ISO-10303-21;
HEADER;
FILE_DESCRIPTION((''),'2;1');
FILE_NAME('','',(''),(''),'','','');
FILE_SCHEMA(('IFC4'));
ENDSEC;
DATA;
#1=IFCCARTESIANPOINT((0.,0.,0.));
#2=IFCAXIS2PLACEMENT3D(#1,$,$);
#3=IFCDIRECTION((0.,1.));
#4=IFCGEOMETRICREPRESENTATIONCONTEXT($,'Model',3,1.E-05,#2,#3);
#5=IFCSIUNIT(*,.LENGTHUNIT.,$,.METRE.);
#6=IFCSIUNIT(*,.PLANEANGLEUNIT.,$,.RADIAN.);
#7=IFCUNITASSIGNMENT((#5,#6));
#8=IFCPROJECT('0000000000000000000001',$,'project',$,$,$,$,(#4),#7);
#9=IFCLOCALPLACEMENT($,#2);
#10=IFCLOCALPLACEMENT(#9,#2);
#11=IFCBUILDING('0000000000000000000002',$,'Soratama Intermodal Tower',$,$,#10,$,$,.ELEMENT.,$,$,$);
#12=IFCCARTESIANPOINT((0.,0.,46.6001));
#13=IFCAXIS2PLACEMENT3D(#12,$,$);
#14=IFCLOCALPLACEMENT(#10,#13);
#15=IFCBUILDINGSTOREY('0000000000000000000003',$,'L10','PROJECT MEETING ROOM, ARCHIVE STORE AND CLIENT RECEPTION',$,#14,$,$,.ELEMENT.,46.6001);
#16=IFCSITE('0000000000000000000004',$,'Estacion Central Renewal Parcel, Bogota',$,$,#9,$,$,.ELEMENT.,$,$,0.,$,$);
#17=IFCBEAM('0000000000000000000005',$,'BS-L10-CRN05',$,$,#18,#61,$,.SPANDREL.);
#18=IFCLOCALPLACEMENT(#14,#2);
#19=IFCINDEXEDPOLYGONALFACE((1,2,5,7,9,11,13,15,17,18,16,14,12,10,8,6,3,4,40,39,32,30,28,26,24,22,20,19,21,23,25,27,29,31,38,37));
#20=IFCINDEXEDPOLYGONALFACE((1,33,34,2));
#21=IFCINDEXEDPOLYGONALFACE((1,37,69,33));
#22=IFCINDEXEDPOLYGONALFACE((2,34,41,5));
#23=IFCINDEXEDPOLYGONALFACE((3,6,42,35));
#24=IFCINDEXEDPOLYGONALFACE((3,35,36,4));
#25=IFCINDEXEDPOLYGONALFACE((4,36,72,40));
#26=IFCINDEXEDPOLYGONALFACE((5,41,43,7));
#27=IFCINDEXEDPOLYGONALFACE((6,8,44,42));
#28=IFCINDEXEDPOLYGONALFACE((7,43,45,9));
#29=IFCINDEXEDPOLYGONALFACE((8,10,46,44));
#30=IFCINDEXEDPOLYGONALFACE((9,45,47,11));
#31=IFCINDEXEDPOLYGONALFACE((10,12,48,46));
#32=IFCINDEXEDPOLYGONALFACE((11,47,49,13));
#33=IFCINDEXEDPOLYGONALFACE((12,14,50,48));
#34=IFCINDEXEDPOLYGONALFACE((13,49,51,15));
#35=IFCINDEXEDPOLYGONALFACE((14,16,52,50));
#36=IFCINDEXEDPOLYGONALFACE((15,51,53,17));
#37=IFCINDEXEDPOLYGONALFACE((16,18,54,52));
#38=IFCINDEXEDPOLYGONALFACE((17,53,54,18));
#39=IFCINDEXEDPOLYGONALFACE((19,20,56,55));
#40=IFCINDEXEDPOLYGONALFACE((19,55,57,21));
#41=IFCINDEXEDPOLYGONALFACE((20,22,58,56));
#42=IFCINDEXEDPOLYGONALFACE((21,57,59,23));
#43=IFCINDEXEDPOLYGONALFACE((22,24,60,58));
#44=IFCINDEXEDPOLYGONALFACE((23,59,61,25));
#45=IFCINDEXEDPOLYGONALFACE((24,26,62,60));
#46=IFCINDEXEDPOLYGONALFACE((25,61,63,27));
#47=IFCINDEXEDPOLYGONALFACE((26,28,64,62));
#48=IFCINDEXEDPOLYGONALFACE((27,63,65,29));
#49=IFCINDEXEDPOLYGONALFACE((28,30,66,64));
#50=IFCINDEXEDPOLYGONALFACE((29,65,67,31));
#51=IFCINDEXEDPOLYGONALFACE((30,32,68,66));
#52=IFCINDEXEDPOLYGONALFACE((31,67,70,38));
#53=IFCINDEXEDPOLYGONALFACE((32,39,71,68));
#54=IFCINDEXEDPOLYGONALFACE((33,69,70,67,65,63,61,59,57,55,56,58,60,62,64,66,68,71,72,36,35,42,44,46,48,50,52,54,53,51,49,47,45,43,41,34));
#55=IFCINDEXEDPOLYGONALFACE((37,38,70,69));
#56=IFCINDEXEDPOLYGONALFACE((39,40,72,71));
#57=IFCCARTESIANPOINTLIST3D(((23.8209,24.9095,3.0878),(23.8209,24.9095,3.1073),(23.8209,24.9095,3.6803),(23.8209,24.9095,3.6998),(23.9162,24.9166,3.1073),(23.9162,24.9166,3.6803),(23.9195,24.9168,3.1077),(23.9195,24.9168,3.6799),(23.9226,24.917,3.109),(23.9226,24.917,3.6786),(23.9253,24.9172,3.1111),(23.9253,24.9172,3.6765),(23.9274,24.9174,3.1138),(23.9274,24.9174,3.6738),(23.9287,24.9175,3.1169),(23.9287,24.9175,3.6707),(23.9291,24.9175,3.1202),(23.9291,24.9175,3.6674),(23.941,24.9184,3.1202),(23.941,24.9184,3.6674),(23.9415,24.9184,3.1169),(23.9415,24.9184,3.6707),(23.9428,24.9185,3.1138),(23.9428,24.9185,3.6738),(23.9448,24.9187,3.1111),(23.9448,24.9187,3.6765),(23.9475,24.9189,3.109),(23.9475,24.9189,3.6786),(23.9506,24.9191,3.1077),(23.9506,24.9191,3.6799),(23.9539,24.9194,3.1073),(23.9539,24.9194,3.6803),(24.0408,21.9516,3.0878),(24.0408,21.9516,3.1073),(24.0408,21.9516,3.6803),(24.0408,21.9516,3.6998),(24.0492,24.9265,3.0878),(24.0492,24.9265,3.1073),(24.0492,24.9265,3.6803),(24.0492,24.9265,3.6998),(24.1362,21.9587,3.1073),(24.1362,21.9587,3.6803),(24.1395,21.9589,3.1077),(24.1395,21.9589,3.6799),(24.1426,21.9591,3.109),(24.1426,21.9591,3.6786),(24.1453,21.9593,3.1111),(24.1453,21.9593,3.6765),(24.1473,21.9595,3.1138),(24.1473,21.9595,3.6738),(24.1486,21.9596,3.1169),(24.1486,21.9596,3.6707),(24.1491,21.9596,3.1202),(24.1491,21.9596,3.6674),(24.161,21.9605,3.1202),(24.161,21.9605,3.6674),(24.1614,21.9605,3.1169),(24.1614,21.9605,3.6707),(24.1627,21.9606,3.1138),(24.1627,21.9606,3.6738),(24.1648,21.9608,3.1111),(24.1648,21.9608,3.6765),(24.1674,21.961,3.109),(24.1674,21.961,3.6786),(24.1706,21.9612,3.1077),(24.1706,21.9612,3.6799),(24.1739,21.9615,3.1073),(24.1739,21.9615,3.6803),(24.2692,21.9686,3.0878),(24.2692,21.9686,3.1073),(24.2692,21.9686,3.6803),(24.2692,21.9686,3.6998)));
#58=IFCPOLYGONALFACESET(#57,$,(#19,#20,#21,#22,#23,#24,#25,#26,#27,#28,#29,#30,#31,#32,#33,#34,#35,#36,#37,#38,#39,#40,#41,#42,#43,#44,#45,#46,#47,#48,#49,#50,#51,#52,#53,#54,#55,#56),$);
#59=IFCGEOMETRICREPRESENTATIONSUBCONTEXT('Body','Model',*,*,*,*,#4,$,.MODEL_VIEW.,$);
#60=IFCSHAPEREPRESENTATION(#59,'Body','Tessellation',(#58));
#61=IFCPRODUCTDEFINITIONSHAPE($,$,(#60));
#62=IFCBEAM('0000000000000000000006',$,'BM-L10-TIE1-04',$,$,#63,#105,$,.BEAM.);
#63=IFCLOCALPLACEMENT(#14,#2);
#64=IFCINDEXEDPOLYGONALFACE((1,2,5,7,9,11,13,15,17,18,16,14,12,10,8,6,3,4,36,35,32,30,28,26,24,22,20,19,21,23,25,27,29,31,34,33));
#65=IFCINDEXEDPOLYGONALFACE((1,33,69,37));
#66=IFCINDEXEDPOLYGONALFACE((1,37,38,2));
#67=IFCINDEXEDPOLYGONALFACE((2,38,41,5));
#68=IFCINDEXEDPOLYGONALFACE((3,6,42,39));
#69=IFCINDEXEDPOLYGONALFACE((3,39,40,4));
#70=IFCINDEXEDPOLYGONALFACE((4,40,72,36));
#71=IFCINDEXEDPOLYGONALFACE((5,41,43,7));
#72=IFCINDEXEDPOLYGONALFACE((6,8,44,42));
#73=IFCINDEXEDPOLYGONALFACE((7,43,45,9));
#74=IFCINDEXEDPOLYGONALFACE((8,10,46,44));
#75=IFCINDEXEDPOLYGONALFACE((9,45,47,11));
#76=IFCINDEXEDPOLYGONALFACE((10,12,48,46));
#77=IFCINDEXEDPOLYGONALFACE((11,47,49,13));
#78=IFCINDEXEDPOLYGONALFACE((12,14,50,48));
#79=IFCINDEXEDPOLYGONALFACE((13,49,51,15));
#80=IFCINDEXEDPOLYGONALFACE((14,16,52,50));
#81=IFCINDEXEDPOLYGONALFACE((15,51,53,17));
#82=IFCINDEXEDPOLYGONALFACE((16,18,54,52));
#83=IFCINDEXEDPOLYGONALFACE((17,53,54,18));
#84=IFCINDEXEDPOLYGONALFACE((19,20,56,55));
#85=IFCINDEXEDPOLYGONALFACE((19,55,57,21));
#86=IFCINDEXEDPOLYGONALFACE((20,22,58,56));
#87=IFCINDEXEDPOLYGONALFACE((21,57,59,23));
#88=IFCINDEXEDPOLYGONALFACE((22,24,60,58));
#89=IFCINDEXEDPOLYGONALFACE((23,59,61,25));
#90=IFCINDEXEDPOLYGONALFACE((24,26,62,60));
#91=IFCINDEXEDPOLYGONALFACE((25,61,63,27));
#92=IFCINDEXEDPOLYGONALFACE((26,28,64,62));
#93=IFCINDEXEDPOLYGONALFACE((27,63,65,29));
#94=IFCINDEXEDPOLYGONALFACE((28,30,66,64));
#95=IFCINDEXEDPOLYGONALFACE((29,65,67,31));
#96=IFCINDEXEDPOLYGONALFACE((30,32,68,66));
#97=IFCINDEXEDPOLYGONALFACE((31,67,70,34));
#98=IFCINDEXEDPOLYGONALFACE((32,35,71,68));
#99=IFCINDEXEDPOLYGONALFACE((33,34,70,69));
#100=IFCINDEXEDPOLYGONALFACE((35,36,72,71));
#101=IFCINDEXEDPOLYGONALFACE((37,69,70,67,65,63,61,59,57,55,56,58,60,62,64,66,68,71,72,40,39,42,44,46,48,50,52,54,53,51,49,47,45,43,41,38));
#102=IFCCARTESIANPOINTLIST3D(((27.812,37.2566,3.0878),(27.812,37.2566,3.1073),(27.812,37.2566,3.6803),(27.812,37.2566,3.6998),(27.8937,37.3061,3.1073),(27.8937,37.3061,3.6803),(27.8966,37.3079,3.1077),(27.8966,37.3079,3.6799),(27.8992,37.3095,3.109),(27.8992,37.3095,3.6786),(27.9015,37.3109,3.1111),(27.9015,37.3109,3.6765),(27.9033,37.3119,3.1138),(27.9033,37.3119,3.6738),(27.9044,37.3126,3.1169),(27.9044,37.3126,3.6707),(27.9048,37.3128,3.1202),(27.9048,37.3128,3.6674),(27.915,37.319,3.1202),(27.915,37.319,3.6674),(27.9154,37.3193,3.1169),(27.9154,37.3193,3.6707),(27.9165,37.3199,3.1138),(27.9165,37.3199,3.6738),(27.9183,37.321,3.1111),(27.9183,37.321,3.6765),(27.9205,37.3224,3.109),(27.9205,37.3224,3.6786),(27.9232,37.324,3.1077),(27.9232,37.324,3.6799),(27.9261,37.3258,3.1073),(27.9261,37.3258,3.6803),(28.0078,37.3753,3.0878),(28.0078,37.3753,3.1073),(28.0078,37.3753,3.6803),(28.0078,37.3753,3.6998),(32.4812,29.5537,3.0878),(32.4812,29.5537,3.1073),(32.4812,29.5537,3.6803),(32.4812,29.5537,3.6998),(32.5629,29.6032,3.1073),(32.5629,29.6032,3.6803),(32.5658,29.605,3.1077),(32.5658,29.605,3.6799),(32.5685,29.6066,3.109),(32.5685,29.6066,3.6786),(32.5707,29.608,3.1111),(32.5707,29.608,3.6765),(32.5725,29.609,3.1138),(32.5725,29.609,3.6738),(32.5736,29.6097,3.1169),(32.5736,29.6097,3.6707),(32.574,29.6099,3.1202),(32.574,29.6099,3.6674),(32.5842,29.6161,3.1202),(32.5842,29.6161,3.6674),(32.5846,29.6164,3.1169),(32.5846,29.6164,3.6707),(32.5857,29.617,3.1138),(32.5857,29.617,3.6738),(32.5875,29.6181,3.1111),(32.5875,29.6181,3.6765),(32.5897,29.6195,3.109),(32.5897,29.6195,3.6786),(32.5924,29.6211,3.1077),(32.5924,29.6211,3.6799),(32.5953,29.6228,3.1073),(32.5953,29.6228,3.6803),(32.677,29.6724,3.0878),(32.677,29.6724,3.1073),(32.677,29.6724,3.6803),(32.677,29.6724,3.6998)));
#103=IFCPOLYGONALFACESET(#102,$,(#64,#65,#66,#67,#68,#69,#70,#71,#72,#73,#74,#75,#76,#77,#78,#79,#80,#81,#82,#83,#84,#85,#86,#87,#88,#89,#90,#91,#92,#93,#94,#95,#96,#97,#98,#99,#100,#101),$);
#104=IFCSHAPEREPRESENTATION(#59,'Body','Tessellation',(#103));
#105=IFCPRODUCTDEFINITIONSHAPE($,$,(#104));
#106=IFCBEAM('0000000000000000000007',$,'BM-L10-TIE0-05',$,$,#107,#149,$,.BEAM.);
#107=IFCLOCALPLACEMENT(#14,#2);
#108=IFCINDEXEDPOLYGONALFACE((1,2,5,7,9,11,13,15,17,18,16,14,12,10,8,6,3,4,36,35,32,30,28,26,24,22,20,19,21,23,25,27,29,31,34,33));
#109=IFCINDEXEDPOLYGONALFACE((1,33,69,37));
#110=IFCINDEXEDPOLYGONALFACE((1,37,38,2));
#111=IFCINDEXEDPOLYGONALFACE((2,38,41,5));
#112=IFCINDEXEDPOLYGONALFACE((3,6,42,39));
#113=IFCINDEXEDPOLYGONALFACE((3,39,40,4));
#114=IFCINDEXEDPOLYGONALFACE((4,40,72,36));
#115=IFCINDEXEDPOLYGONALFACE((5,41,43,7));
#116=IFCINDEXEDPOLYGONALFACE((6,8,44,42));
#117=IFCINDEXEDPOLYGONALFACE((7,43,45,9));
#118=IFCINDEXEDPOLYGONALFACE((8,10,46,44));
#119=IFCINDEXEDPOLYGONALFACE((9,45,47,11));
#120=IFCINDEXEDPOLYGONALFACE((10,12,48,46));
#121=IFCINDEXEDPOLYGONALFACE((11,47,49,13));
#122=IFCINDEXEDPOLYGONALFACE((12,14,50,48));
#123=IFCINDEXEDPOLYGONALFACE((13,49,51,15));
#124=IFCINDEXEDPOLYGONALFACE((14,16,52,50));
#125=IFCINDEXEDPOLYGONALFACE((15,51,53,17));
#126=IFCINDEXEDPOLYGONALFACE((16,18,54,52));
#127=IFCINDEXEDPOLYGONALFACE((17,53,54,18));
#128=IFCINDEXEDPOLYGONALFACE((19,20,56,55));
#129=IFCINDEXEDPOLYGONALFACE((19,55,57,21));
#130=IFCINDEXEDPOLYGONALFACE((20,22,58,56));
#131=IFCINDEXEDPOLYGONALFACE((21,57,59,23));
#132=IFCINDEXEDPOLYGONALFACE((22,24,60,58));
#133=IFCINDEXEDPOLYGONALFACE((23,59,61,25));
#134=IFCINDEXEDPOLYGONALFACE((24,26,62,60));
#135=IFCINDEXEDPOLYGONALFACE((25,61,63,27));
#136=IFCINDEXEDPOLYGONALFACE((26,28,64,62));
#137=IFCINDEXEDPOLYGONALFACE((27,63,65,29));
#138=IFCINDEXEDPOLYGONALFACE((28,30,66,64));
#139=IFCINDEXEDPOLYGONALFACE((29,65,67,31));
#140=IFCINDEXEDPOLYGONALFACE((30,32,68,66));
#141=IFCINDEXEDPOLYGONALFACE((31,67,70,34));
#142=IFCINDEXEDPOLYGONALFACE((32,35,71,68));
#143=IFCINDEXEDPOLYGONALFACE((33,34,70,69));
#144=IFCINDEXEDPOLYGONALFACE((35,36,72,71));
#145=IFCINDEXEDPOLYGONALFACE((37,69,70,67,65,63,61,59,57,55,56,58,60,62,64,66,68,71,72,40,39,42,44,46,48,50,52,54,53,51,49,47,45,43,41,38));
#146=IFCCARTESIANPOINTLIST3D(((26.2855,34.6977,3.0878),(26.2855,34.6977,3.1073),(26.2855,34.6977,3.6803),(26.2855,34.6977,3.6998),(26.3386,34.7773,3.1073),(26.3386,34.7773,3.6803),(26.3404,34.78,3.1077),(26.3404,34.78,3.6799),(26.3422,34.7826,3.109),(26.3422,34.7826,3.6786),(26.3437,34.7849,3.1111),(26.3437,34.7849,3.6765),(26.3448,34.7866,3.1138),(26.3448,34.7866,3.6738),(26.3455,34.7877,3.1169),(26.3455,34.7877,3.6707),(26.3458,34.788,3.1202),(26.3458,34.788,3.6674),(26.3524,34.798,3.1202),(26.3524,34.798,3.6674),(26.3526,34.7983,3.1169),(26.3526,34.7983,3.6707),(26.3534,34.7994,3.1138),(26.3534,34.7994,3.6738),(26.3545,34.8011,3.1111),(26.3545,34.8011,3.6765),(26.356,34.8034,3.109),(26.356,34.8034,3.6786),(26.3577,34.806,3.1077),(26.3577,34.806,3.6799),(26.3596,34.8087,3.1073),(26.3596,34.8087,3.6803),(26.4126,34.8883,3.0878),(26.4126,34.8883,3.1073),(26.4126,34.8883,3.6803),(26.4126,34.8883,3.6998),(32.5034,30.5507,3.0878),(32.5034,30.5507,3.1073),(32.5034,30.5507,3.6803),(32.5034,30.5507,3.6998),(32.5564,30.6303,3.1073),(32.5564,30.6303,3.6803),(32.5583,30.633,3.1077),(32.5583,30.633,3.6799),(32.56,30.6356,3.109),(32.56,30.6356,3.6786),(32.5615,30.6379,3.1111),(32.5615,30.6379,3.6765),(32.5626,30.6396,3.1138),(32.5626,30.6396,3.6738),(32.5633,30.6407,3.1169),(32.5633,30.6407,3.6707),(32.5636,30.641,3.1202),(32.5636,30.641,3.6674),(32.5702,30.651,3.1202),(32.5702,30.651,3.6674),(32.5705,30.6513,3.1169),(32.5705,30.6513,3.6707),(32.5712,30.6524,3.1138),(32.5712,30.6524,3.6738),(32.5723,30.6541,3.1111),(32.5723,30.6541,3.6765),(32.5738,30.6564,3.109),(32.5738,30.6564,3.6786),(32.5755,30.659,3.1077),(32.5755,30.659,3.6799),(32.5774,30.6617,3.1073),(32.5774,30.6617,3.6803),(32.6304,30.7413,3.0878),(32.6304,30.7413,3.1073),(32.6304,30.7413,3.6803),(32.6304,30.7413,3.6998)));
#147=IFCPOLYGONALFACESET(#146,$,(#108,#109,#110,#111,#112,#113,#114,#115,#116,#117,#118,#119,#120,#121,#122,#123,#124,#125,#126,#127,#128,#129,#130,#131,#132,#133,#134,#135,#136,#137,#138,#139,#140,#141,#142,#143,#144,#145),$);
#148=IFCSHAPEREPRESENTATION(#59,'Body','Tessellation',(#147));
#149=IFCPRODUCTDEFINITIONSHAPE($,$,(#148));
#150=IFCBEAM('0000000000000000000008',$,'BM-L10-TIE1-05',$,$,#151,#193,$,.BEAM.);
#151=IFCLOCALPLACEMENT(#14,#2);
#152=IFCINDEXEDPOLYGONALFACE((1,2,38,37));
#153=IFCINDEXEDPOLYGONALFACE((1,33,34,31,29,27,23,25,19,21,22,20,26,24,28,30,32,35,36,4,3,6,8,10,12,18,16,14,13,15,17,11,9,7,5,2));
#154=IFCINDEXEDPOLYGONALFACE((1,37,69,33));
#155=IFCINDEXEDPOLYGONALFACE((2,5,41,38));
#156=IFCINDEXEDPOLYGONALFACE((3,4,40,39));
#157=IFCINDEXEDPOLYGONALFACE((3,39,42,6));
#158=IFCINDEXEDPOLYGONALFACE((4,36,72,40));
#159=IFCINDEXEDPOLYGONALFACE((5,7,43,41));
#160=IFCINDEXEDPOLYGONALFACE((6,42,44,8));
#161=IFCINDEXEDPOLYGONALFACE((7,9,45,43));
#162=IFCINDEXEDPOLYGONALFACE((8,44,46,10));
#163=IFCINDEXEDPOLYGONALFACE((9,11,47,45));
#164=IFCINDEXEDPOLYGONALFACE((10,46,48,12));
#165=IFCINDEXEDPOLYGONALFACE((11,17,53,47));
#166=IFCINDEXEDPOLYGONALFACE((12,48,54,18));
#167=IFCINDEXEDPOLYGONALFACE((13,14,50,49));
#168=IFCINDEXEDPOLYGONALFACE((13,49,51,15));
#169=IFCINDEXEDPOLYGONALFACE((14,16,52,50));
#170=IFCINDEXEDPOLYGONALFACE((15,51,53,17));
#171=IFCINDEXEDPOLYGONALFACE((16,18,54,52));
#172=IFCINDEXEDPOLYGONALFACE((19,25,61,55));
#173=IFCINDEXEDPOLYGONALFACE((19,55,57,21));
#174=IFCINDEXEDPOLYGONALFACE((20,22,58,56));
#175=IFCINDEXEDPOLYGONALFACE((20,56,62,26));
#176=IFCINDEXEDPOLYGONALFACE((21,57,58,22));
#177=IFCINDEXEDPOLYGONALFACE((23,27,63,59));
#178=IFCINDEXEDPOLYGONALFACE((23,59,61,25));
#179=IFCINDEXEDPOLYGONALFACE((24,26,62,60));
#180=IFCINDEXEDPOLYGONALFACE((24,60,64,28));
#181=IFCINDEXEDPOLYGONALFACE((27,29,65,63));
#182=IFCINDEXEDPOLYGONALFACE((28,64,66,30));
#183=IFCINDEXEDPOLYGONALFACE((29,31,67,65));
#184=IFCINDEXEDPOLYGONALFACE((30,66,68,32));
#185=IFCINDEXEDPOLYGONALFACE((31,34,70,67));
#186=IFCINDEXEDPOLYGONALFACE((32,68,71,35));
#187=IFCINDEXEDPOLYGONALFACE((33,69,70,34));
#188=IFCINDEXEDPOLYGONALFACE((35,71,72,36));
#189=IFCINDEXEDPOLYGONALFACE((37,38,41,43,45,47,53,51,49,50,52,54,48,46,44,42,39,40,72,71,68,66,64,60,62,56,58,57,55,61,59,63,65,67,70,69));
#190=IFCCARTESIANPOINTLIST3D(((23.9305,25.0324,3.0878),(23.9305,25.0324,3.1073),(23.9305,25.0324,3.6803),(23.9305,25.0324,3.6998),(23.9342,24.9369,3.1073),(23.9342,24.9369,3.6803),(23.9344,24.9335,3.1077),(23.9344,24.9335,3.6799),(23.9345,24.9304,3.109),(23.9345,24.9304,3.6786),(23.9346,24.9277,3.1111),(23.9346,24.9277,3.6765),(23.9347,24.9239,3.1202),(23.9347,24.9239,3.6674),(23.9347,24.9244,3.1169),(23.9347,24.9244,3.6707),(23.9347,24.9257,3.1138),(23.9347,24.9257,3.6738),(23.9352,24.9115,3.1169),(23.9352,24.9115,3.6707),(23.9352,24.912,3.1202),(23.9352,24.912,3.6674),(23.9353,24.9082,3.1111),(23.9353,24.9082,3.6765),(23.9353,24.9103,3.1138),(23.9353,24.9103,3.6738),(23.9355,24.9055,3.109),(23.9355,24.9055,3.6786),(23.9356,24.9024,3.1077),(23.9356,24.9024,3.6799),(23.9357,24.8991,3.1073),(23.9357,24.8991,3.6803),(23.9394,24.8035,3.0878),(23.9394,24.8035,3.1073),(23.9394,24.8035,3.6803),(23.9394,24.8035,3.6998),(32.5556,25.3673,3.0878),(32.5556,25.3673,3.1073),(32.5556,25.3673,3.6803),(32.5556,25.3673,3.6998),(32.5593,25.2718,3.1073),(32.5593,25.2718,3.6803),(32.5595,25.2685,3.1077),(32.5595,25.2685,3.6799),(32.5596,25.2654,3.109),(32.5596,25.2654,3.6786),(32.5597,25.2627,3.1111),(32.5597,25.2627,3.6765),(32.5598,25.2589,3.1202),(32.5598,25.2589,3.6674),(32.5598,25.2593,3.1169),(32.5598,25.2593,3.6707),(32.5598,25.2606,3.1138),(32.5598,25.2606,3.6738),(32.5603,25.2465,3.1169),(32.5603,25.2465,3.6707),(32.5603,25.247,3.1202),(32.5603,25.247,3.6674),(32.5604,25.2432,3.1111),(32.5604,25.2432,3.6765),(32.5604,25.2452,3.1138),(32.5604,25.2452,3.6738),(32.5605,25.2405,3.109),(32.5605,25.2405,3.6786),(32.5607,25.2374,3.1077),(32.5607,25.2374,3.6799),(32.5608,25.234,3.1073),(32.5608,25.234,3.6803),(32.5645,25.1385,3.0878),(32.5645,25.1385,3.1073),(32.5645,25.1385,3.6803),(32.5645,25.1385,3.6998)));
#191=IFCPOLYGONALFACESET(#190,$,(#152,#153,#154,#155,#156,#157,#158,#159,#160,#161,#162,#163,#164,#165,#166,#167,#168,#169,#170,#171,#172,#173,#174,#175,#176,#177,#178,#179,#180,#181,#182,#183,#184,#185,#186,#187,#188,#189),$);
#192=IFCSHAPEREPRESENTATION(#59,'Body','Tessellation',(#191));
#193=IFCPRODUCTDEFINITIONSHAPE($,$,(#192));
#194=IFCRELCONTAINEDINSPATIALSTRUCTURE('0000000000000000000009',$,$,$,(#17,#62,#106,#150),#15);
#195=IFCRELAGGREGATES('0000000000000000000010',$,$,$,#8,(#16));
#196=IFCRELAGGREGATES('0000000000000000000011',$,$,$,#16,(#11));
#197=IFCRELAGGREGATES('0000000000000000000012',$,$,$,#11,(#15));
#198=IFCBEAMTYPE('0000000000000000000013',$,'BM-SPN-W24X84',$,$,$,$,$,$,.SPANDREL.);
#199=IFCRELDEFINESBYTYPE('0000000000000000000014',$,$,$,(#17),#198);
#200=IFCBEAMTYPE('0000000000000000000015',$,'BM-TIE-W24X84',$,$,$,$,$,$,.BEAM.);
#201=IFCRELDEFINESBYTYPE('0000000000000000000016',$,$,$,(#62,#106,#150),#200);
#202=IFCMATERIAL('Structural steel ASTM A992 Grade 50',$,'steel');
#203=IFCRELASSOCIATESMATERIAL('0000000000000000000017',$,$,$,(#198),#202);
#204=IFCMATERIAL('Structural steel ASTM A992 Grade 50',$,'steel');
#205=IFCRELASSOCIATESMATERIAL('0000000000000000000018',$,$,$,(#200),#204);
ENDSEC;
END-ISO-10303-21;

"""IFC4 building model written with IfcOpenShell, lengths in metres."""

from ifc_helpers import new_model, si_unit, direction, frame, origin, origin_2d, place, context, subcontext, project, spatial, i_section, extrude, material, material_profile, profile_set, type_object, element, save


model = new_model("IFC4")

# Units and contexts
model_context = context("Model", 3, precision=1e-05, world=origin(), true_north=direction((0.0, 1.0)))
body_context = subcontext(model_context, "Body", "Model", "MODEL_VIEW")
ifc_project = project(units=[si_unit("LENGTHUNIT", "METRE"), si_unit("PLANEANGLEUNIT", "RADIAN")], contexts=[model_context])

# Site, building, storey
site_placement = place(None, origin())
site = spatial("IfcSite", under=ifc_project, at=site_placement, Name="Estacion Central Renewal Parcel, Bogota", CompositionType="ELEMENT", RefElevation=0.0)
building_placement = place(site_placement, origin())
building = spatial("IfcBuilding", under=site, at=building_placement, Name="Soratama Intermodal Tower", CompositionType="ELEMENT")
storey_placement = place(building_placement, frame((0.0, 0.0, 46.6001)))
storey = spatial("IfcBuildingStorey", under=building, at=storey_placement, Name="L10", Description="PROJECT MEETING ROOM, ARCHIVE STORE AND CLIENT RECEPTION", CompositionType="ELEMENT", Elevation=46.6001)

# Beams
ifc_material_1 = material(Name="Structural steel ASTM A992 Grade 50", Category="steel")
ifc_material_profile_1 = material_profile(ifc_material_1, i_section(OverallWidth=0.229, OverallDepth=0.6121, WebThickness=0.012, FlangeThickness=0.0195, FilletRadius=0.0129, at=origin_2d()), Name="W24X84")
ifc_profile_set_1 = profile_set([ifc_material_profile_1], Name="Structural steel ASTM A992 Grade 50")
beam_type_1 = type_object("IfcBeamType", Name="BM-SPN-W24X84", PredefinedType="SPANDREL", material=ifc_profile_set_1)
beam_1_placement = place(storey_placement, frame((23.9351, 24.918, 3.3938), z_axis=(0.07416, -0.997246, 0.0), x_axis=(0.997246, 0.07416, 0.0)))
element("IfcBeam", 1, at=beam_1_placement, inside=storey, type_object=beam_type_1, Name="BS-L10-CRN05", PredefinedType="SPANDREL", context=body_context, shape_type="SweptSolid", body=[
    extrude(i_section(OverallWidth=0.229, OverallDepth=0.6121, WebThickness=0.012, FlangeThickness=0.0195, FilletRadius=0.0129, at=origin_2d()), origin(), (0.0, 0.0, 1.0), 2.9661),
])
ifc_material_2 = material(Name="Structural steel ASTM A992 Grade 50", Category="steel")
ifc_material_profile_2 = material_profile(ifc_material_2, i_section(OverallWidth=0.229, OverallDepth=0.6121, WebThickness=0.012, FlangeThickness=0.0195, FilletRadius=0.0129, at=origin_2d()), Name="W24X84")
ifc_profile_set_2 = profile_set([ifc_material_profile_2], Name="Structural steel ASTM A992 Grade 50")
beam_type_2 = type_object("IfcBeamType", Name="BM-TIE-W24X84", PredefinedType="BEAM", material=ifc_profile_set_2)
beam_2_placement = place(storey_placement, frame((32.5791, 29.613, 3.3938), z_axis=(-0.518365, 0.85516, 0.0), x_axis=(-0.85516, -0.518365, 0.0)))
element("IfcBeam", 2, at=beam_2_placement, inside=storey, type_object=beam_type_2, Name="BM-L10-TIE1-04", PredefinedType="BEAM", context=body_context, shape_type="SweptSolid", body=[
    extrude(i_section(OverallWidth=0.229, OverallDepth=0.6121, WebThickness=0.012, FlangeThickness=0.0195, FilletRadius=0.0129, at=origin_2d()), origin(), (0.0, 0.0, 1.0), 9.0076),
])
beam_3_placement = place(storey_placement, frame((32.5669, 30.646, 3.3938), z_axis=(-0.83194, 0.554866, 0.0), x_axis=(-0.554866, -0.83194, 0.0)))
element("IfcBeam", 3, at=beam_3_placement, inside=storey, type_object=beam_type_2, Name="BM-L10-TIE0-05", PredefinedType="BEAM", context=body_context, shape_type="SweptSolid", body=[
    extrude(i_section(OverallWidth=0.229, OverallDepth=0.6121, WebThickness=0.012, FlangeThickness=0.0195, FilletRadius=0.0129, at=origin_2d()), origin(), (0.0, 0.0, 1.0), 7.4739),
])
beam_4_placement = place(storey_placement, frame((32.5601, 25.2529, 3.3938), z_axis=(-0.999247, -0.038807, 0.0), x_axis=(0.038807, -0.999247, 0.0)))
element("IfcBeam", 4, at=beam_4_placement, inside=storey, type_object=beam_type_2, Name="BM-L10-TIE1-05", PredefinedType="BEAM", context=body_context, shape_type="SweptSolid", body=[
    extrude(i_section(OverallWidth=0.229, OverallDepth=0.6121, WebThickness=0.012, FlangeThickness=0.0195, FilletRadius=0.0129, at=origin_2d()), origin(), (0.0, 0.0, 1.0), 8.6316),
])

save(model, "model.ifc")
